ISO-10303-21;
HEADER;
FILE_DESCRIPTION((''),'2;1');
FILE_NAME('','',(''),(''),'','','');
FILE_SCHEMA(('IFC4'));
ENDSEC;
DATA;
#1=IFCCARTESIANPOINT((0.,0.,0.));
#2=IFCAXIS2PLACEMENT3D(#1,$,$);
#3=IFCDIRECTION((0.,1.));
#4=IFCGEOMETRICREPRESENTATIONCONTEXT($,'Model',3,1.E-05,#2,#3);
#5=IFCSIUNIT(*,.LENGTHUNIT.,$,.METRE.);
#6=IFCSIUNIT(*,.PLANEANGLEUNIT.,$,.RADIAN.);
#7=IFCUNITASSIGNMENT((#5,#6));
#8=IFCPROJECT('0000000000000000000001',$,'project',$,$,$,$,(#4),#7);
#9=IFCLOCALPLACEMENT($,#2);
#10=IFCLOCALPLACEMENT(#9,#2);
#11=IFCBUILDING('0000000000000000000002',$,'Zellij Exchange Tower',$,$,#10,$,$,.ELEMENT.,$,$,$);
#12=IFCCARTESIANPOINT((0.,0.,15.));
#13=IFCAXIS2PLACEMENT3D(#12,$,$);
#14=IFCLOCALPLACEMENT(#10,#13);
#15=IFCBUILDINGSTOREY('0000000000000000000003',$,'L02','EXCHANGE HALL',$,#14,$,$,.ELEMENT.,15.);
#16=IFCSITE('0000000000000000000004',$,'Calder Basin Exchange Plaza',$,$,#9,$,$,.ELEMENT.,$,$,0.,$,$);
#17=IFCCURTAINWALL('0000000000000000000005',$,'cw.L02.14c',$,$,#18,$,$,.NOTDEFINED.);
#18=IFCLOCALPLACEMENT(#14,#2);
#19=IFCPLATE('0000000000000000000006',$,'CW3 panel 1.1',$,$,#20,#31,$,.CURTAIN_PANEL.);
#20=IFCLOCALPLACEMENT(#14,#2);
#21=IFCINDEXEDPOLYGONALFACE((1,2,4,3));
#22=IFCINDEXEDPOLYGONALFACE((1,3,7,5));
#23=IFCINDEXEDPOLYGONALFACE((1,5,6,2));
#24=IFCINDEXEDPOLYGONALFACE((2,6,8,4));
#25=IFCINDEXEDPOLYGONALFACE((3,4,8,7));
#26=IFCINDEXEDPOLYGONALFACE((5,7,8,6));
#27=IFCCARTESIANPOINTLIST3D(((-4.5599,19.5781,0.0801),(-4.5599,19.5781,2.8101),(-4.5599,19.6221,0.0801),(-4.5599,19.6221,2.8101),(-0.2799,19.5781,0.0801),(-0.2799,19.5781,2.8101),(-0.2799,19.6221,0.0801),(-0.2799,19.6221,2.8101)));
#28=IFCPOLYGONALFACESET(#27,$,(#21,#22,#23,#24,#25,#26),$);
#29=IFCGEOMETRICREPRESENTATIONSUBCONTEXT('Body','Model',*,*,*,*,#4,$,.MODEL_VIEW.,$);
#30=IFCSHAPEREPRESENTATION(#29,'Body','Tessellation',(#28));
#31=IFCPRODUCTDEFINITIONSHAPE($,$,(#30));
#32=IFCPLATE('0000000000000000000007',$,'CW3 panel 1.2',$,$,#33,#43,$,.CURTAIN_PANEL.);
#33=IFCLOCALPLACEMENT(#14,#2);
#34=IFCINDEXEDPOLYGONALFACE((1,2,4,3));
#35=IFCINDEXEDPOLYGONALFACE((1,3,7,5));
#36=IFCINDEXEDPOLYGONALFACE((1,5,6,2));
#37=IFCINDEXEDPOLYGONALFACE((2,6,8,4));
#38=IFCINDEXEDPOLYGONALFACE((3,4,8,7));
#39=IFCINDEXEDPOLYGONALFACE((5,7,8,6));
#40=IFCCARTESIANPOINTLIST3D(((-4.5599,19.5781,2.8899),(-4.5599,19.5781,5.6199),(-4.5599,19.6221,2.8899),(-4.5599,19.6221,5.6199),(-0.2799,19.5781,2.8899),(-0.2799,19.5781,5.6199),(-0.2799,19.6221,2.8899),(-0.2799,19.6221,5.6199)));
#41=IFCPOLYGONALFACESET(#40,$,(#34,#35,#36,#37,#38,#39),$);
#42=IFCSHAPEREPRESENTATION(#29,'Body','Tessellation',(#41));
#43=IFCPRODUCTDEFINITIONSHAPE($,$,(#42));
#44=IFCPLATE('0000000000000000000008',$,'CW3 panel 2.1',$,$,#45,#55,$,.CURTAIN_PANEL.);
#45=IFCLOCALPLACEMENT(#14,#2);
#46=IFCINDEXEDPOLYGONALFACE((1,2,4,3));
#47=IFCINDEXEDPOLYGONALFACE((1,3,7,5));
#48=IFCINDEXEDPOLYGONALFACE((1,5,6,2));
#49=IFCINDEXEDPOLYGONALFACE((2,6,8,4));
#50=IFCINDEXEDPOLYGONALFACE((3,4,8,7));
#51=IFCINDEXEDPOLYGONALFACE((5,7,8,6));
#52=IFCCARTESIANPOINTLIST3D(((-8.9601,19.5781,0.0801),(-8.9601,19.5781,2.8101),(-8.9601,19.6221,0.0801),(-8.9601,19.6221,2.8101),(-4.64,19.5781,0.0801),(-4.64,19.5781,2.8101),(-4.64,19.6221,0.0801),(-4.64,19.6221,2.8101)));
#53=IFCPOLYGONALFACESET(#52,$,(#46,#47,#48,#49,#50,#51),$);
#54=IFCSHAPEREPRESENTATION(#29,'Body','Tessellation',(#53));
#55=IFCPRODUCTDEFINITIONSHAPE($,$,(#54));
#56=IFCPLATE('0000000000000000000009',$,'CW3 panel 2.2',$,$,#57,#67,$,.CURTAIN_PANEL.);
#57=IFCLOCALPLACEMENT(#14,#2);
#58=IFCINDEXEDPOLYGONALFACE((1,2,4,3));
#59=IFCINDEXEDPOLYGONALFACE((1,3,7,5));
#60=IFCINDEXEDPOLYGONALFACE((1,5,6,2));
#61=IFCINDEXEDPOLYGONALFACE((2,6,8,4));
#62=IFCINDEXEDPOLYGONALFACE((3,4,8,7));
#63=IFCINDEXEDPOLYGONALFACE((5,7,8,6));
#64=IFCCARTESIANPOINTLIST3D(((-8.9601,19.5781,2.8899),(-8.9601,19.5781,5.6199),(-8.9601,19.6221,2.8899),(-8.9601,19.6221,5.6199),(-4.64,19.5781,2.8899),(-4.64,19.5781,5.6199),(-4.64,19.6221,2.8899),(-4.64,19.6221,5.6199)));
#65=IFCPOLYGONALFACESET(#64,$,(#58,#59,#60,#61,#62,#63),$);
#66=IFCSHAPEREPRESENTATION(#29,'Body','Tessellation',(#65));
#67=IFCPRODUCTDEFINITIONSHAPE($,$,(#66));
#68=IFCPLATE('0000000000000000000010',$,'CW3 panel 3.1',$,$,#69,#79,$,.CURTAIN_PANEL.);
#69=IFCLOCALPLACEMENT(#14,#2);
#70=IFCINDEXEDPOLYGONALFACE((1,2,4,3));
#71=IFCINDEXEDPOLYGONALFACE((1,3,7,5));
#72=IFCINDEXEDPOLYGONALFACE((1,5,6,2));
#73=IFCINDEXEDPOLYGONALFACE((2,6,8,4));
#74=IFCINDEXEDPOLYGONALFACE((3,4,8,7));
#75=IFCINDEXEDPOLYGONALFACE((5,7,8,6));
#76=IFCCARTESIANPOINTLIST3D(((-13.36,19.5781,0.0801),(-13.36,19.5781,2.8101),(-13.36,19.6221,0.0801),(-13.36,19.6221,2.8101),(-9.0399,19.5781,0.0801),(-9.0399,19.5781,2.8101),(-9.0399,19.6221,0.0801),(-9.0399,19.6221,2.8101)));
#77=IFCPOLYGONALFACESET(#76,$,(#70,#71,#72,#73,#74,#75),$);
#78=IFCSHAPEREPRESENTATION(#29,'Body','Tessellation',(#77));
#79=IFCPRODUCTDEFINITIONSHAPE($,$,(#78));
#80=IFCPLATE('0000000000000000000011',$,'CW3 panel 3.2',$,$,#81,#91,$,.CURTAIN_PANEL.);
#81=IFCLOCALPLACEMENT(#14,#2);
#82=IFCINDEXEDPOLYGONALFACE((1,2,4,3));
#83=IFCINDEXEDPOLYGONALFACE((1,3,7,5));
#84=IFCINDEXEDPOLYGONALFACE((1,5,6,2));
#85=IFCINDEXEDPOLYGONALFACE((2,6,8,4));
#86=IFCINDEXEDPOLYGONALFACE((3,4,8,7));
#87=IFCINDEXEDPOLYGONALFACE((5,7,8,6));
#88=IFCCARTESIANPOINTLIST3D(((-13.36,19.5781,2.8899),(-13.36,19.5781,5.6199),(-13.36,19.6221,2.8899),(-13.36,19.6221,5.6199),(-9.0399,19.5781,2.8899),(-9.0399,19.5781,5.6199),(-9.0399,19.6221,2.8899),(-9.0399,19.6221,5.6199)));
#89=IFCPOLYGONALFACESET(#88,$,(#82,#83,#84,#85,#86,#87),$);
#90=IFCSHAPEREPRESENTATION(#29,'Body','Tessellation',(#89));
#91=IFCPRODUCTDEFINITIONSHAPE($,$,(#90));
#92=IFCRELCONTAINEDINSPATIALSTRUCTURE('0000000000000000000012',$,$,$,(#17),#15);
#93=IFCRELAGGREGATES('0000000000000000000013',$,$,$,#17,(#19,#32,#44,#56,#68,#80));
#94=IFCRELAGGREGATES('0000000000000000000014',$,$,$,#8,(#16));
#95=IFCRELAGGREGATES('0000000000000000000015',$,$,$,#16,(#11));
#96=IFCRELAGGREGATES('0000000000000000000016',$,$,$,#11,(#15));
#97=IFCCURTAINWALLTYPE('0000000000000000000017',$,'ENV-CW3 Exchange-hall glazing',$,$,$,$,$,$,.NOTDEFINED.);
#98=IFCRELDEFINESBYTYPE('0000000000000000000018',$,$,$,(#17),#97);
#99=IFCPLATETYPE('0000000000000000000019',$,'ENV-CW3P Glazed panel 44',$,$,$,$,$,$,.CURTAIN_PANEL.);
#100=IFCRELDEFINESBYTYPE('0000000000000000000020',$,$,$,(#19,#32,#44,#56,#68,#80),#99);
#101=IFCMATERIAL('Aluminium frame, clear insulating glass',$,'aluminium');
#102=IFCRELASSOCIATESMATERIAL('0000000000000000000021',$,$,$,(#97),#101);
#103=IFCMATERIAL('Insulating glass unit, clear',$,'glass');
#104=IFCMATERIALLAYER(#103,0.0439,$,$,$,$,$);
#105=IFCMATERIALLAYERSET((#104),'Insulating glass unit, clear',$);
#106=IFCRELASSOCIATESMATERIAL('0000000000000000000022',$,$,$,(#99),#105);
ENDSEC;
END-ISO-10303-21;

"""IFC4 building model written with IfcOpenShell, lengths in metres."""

from ifc_helpers import new_model, si_unit, direction, frame, origin, origin_2d, place, context, subcontext, project, spatial, rectangle, extrude, material, layer, layer_set, type_object, element, aggregate, save


model = new_model("IFC4")

# Units and contexts
model_context = context("Model", 3, precision=1e-05, world=origin(), true_north=direction((0.0, 1.0)))
body_context = subcontext(model_context, "Body", "Model", "MODEL_VIEW")
ifc_project = project(units=[si_unit("LENGTHUNIT", "METRE"), si_unit("PLANEANGLEUNIT", "RADIAN")], contexts=[model_context])

# Site, building, storey
site_placement = place(None, origin())
site = spatial("IfcSite", under=ifc_project, at=site_placement, Name="Calder Basin Exchange Plaza", CompositionType="ELEMENT", RefElevation=0.0)
building_placement = place(site_placement, origin())
building = spatial("IfcBuilding", under=site, at=building_placement, Name="Zellij Exchange Tower", CompositionType="ELEMENT")
storey_placement = place(building_placement, frame((0.0, 0.0, 15.0)))
storey = spatial("IfcBuildingStorey", under=building, at=storey_placement, Name="L02", Description="EXCHANGE HALL", CompositionType="ELEMENT", Elevation=15.0)

# Curtain wall, plates
ifc_material_1 = material(Name="Aluminium frame, clear insulating glass", Category="aluminium")
curtain_wall_type = type_object("IfcCurtainWallType", Name="ENV-CW3 Exchange-hall glazing", PredefinedType="NOTDEFINED", material=ifc_material_1)
curtain_wall_placement = place(storey_placement, origin())
curtain_wall = element("IfcCurtainWall", 1, at=curtain_wall_placement, inside=storey, type_object=curtain_wall_type, Name="cw.L02.14c", PredefinedType="NOTDEFINED")
ifc_material_2 = material(Name="Insulating glass unit, clear", Category="glass")
ifc_layer = layer(ifc_material_2, 0.0439)
ifc_layer_set = layer_set([ifc_layer], Name="Insulating glass unit, clear")
plate_type = type_object("IfcPlateType", Name="ENV-CW3P Glazed panel 44", PredefinedType="CURTAIN_PANEL", material=ifc_layer_set)
plate_1_placement = place(storey_placement, frame((-2.4199, 19.6001, 0.0801), z_axis=(0.0, 0.0, 1.0), x_axis=(-1.0, 0.0, 0.0)))
plate_1 = element("IfcPlate", 2, at=plate_1_placement, type_object=plate_type, Name="CW3 panel 1.1", PredefinedType="CURTAIN_PANEL", context=body_context, shape_type="SweptSolid", body=[
    extrude(rectangle(XDim=4.28, YDim=0.0439, at=origin_2d()), origin(), (0.0, 0.0, 1.0), 2.73),
])
plate_2_placement = place(storey_placement, frame((-2.4199, 19.6001, 2.8899), z_axis=(0.0, 0.0, 1.0), x_axis=(-1.0, 0.0, 0.0)))
plate_2 = element("IfcPlate", 3, at=plate_2_placement, type_object=plate_type, Name="CW3 panel 1.2", PredefinedType="CURTAIN_PANEL", context=body_context, shape_type="SweptSolid", body=[
    extrude(rectangle(XDim=4.28, YDim=0.0439, at=origin_2d()), origin(), (0.0, 0.0, 1.0), 2.73),
])
plate_3_placement = place(storey_placement, frame((-6.8, 19.6001, 0.0801), z_axis=(0.0, 0.0, 1.0), x_axis=(-1.0, 0.0, 0.0)))
plate_3 = element("IfcPlate", 4, at=plate_3_placement, type_object=plate_type, Name="CW3 panel 2.1", PredefinedType="CURTAIN_PANEL", context=body_context, shape_type="SweptSolid", body=[
    extrude(rectangle(XDim=4.3201, YDim=0.0439, at=origin_2d()), origin(), (0.0, 0.0, 1.0), 2.73),
])
plate_4_placement = place(storey_placement, frame((-6.8, 19.6001, 2.8899), z_axis=(0.0, 0.0, 1.0), x_axis=(-1.0, 0.0, 0.0)))
plate_4 = element("IfcPlate", 5, at=plate_4_placement, type_object=plate_type, Name="CW3 panel 2.2", PredefinedType="CURTAIN_PANEL", context=body_context, shape_type="SweptSolid", body=[
    extrude(rectangle(XDim=4.3201, YDim=0.0439, at=origin_2d()), origin(), (0.0, 0.0, 1.0), 2.73),
])
plate_5_placement = place(storey_placement, frame((-11.2, 19.6001, 0.0801), z_axis=(0.0, 0.0, 1.0), x_axis=(-1.0, 0.0, 0.0)))
plate_5 = element("IfcPlate", 6, at=plate_5_placement, type_object=plate_type, Name="CW3 panel 3.1", PredefinedType="CURTAIN_PANEL", context=body_context, shape_type="SweptSolid", body=[
    extrude(rectangle(XDim=4.3201, YDim=0.0439, at=origin_2d()), origin(), (0.0, 0.0, 1.0), 2.73),
])
plate_6_placement = place(storey_placement, frame((-11.2, 19.6001, 2.8899), z_axis=(0.0, 0.0, 1.0), x_axis=(-1.0, 0.0, 0.0)))
plate_6 = element("IfcPlate", 7, at=plate_6_placement, type_object=plate_type, Name="CW3 panel 3.2", PredefinedType="CURTAIN_PANEL", context=body_context, shape_type="SweptSolid", body=[
    extrude(rectangle(XDim=4.3201, YDim=0.0439, at=origin_2d()), origin(), (0.0, 0.0, 1.0), 2.73),
])
aggregate(curtain_wall, [plate_1, plate_2, plate_3, plate_4, plate_5, plate_6])

save(model, "model.ifc")
